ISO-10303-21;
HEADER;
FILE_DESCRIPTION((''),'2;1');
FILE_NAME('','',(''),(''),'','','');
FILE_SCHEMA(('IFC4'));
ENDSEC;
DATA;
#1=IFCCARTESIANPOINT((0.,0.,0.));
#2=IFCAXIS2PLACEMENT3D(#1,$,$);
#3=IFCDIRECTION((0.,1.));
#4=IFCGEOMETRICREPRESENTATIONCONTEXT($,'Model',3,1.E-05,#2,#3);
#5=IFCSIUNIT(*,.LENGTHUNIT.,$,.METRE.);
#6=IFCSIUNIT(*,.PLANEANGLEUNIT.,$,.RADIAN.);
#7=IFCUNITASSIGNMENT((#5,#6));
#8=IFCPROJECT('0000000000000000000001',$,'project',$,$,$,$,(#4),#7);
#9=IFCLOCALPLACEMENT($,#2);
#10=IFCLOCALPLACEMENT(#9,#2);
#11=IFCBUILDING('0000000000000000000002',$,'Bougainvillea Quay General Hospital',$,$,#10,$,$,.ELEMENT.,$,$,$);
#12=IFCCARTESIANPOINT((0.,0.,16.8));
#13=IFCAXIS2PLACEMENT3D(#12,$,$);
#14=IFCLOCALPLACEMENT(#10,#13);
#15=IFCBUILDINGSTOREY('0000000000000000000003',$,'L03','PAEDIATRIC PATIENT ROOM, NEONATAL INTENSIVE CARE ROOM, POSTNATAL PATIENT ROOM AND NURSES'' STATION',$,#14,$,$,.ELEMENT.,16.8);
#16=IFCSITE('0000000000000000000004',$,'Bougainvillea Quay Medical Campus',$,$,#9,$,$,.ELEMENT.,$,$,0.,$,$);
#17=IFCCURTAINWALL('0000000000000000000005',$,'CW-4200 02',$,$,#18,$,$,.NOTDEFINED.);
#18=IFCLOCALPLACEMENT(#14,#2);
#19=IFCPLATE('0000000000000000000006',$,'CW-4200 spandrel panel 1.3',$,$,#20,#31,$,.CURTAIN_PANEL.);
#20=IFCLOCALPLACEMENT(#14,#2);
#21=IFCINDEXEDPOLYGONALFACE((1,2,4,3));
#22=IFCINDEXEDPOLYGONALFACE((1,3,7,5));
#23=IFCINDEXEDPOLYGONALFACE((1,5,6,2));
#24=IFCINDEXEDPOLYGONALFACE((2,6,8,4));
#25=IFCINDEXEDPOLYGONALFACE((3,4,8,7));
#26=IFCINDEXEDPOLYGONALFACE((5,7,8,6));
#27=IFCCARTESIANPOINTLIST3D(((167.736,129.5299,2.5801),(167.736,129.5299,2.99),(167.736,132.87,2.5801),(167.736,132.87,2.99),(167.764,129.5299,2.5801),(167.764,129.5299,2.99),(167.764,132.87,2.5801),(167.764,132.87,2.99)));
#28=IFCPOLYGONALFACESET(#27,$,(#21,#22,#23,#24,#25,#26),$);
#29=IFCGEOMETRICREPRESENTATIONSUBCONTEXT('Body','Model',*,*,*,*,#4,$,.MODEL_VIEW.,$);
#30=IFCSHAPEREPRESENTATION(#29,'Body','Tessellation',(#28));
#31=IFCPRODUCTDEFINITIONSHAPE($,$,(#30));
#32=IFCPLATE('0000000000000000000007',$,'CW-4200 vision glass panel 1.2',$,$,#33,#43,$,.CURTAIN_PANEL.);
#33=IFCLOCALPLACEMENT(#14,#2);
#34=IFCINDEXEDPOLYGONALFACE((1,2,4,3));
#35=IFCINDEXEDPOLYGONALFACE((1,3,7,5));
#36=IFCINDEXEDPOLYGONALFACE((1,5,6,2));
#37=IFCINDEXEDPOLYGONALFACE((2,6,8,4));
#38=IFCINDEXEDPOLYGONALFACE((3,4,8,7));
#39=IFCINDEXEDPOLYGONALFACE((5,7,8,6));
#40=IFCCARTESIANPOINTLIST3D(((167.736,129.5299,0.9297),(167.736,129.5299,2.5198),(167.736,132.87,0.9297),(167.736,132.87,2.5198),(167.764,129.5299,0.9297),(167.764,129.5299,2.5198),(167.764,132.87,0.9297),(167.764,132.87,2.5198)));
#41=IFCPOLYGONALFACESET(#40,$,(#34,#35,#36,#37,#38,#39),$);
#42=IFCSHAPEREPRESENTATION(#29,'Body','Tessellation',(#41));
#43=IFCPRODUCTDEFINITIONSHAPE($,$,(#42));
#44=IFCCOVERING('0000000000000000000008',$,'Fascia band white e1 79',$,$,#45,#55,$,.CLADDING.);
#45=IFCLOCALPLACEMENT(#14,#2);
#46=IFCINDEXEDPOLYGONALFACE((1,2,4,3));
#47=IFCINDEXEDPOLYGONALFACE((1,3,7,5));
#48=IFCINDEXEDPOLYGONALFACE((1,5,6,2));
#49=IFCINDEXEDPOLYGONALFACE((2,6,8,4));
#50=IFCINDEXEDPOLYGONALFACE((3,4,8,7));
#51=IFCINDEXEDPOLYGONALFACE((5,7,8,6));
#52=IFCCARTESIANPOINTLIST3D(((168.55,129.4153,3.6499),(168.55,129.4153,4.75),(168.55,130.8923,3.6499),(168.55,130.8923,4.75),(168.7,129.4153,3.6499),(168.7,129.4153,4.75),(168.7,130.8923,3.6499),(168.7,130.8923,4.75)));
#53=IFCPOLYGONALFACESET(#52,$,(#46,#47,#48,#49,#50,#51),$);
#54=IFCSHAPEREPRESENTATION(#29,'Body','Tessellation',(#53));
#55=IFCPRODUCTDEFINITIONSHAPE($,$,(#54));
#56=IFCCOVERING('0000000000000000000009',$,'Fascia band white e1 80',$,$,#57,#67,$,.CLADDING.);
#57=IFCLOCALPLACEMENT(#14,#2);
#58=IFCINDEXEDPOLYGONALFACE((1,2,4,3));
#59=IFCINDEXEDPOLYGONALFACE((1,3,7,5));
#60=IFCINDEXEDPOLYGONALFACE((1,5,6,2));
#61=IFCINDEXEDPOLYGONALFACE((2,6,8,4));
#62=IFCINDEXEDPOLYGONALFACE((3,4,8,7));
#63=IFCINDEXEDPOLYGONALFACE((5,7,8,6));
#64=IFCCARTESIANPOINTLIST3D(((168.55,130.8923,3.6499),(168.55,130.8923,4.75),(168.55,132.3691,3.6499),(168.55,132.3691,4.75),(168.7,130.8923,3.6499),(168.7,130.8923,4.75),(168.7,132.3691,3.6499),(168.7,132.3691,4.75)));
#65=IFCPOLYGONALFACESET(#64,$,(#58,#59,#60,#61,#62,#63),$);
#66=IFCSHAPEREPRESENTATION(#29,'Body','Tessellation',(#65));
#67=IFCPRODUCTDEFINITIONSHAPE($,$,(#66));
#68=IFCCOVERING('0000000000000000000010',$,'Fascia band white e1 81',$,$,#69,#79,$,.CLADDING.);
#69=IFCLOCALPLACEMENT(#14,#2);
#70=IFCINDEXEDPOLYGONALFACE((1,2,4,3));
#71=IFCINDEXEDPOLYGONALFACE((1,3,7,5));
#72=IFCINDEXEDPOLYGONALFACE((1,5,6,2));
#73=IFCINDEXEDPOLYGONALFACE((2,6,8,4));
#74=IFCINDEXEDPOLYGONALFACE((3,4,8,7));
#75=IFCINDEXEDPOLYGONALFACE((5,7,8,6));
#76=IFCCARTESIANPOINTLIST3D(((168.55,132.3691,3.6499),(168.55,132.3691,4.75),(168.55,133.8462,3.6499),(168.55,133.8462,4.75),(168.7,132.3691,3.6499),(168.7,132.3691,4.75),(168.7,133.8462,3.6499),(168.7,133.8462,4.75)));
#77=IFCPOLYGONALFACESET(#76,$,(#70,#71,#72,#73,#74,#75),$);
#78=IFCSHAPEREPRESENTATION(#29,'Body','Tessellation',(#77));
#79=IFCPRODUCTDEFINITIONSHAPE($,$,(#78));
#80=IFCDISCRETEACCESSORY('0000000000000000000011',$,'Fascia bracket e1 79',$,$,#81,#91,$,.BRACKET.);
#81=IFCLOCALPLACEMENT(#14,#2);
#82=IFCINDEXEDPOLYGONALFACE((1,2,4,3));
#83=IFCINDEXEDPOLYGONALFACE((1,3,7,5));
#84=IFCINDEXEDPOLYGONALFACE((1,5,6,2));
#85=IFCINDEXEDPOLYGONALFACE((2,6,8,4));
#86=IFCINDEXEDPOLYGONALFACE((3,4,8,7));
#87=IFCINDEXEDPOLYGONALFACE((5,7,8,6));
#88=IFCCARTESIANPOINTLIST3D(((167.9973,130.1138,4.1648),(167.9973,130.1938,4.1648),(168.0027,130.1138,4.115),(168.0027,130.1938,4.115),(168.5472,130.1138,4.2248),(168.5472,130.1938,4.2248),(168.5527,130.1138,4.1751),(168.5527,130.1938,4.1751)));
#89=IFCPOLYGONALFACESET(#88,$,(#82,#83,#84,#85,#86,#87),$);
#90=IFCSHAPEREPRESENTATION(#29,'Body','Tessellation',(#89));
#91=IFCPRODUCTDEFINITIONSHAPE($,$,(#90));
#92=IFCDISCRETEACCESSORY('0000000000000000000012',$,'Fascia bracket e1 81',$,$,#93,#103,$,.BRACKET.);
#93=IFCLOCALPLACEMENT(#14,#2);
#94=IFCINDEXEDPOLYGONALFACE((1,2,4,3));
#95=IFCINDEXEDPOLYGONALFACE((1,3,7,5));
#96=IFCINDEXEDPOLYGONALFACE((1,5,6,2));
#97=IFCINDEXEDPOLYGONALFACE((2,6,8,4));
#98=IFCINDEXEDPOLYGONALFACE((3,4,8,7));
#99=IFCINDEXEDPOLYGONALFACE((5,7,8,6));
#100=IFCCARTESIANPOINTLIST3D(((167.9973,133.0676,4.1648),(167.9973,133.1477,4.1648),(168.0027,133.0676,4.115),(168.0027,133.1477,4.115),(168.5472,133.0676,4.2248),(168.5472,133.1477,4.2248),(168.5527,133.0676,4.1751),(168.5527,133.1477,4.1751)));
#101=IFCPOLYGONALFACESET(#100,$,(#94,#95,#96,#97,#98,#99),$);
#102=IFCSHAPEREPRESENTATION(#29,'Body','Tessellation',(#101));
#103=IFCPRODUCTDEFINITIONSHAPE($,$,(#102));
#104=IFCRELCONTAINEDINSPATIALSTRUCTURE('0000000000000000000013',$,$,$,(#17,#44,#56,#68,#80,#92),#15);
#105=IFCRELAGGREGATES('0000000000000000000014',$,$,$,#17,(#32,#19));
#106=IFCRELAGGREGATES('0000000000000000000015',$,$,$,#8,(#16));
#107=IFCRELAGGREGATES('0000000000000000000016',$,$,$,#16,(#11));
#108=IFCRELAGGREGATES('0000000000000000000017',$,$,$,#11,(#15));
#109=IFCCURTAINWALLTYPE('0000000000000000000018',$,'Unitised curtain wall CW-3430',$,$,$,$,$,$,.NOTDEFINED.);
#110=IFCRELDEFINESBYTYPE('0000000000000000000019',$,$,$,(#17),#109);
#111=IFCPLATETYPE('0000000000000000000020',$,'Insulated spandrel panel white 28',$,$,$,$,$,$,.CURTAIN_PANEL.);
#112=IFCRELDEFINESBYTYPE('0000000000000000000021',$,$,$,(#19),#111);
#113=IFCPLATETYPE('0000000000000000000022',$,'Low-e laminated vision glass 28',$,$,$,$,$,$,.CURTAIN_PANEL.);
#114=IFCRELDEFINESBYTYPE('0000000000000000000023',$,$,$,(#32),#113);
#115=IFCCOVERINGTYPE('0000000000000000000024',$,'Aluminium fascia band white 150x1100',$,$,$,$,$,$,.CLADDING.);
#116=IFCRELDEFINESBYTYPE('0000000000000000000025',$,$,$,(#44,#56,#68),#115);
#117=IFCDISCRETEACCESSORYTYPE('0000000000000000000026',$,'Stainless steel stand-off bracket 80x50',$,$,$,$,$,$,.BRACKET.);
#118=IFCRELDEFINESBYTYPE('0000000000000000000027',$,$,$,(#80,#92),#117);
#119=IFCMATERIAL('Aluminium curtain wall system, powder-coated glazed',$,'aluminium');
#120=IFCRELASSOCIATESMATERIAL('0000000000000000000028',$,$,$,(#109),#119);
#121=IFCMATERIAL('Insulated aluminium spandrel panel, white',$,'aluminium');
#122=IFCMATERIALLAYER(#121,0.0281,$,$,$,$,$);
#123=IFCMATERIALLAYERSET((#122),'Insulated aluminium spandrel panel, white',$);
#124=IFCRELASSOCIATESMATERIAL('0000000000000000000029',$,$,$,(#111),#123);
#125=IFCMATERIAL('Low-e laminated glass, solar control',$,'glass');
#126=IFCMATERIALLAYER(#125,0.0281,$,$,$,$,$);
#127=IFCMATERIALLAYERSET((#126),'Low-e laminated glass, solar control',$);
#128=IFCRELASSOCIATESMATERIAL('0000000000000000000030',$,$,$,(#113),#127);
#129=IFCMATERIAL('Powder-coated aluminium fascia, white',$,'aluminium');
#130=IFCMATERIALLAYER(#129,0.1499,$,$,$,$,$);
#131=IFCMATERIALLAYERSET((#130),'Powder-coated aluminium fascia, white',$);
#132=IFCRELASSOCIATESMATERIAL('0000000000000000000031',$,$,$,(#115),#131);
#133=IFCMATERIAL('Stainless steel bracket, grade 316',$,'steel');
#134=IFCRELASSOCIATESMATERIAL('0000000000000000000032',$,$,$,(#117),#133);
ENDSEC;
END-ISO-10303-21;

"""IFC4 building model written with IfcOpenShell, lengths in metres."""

from ifc_helpers import new_model, si_unit, direction, frame, origin, origin_2d, place, context, subcontext, project, spatial, polyline, rectangle, outline, extrude, material, layer, layer_set, material_profile, profile_set, type_object, element, aggregate, save


model = new_model("IFC4")

# Units and contexts
model_context = context("Model", 3, precision=1e-05, world=origin(), true_north=direction((0.0, 1.0)))
body_context = subcontext(model_context, "Body", "Model", "MODEL_VIEW")
ifc_project = project(units=[si_unit("LENGTHUNIT", "METRE"), si_unit("PLANEANGLEUNIT", "RADIAN")], contexts=[model_context])

# Site, building, storey
site_placement = place(None, origin())
site = spatial("IfcSite", under=ifc_project, at=site_placement, Name="Bougainvillea Quay Medical Campus", CompositionType="ELEMENT", RefElevation=0.0)
building_placement = place(site_placement, origin())
building = spatial("IfcBuilding", under=site, at=building_placement, Name="Bougainvillea Quay General Hospital", CompositionType="ELEMENT")
storey_placement = place(building_placement, frame((0.0, 0.0, 16.8)))
storey = spatial("IfcBuildingStorey", under=building, at=storey_placement, Name="L03", Description="PAEDIATRIC PATIENT ROOM, NEONATAL INTENSIVE CARE ROOM, POSTNATAL PATIENT ROOM AND NURSES' STATION", CompositionType="ELEMENT", Elevation=16.8)

# Curtain wall
ifc_material_1 = material(Name="Aluminium curtain wall system, powder-coated glazed", Category="aluminium")
curtain_wall_type = type_object("IfcCurtainWallType", Name="Unitised curtain wall CW-3430", PredefinedType="NOTDEFINED", material=ifc_material_1)
curtain_wall_placement = place(storey_placement, origin())
curtain_wall = element("IfcCurtainWall", 1, at=curtain_wall_placement, inside=storey, type_object=curtain_wall_type, Name="CW-4200 02", PredefinedType="NOTDEFINED")

# Plates
ifc_material_2 = material(Name="Insulated aluminium spandrel panel, white", Category="aluminium")
ifc_layer_1 = layer(ifc_material_2, 0.0281)
ifc_layer_set_1 = layer_set([ifc_layer_1], Name="Insulated aluminium spandrel panel, white")
plate_type_1 = type_object("IfcPlateType", Name="Insulated spandrel panel white 28", PredefinedType="CURTAIN_PANEL", material=ifc_layer_set_1)
plate_1_placement = place(storey_placement, frame((167.75, 131.2, 2.5801), z_axis=(0.0, 0.0, 1.0), x_axis=(0.0, 1.0, 0.0)))
plate_1 = element("IfcPlate", 2, at=plate_1_placement, type_object=plate_type_1, Name="CW-4200 spandrel panel 1.3", PredefinedType="CURTAIN_PANEL", context=body_context, shape_type="SweptSolid", body=[
    extrude(rectangle(XDim=3.3401, YDim=0.0281, at=origin_2d()), origin(), (0.0, 0.0, 1.0), 0.4099),
])
ifc_material_3 = material(Name="Low-e laminated glass, solar control", Category="glass")
ifc_layer_2 = layer(ifc_material_3, 0.0281)
ifc_layer_set_2 = layer_set([ifc_layer_2], Name="Low-e laminated glass, solar control")
plate_type_2 = type_object("IfcPlateType", Name="Low-e laminated vision glass 28", PredefinedType="CURTAIN_PANEL", material=ifc_layer_set_2)
plate_2_placement = place(storey_placement, frame((167.75, 131.2, 0.9297), z_axis=(0.0, 0.0, 1.0), x_axis=(0.0, 1.0, 0.0)))
plate_2 = element("IfcPlate", 3, at=plate_2_placement, type_object=plate_type_2, Name="CW-4200 vision glass panel 1.2", PredefinedType="CURTAIN_PANEL", context=body_context, shape_type="SweptSolid", body=[
    extrude(rectangle(XDim=3.3401, YDim=0.0281, at=origin_2d()), origin(), (0.0, 0.0, 1.0), 1.5901),
])
aggregate(curtain_wall, [plate_2, plate_1])

# Coverings
ifc_material_4 = material(Name="Powder-coated aluminium fascia, white", Category="aluminium")
ifc_layer_3 = layer(ifc_material_4, 0.1499)
ifc_layer_set_3 = layer_set([ifc_layer_3], Name="Powder-coated aluminium fascia, white")
covering_type = type_object("IfcCoveringType", Name="Aluminium fascia band white 150x1100", PredefinedType="CLADDING", material=ifc_layer_set_3)
covering_1_placement = place(storey_placement, frame((168.55, 129.4153, 3.6499), z_axis=(0.0, 0.0, 1.0), x_axis=(0.0, 1.0, 0.0)))
element("IfcCovering", 4, at=covering_1_placement, inside=storey, type_object=covering_type, Name="Fascia band white e1 79", PredefinedType="CLADDING", context=body_context, shape_type="SweptSolid", body=[
    extrude(outline(polyline([(0.0, 0.0), (1.4771, 0.0), (1.4771, -0.1499), (0.0, -0.1499), (0.0, 0.0)])), origin(), (0.0, 0.0, 1.0), 1.1001),
])
covering_2_placement = place(storey_placement, frame((168.55, 130.8923, 3.6499), z_axis=(0.0, 0.0, 1.0), x_axis=(0.0, 1.0, 0.0)))
element("IfcCovering", 5, at=covering_2_placement, inside=storey, type_object=covering_type, Name="Fascia band white e1 80", PredefinedType="CLADDING", context=body_context, shape_type="SweptSolid", body=[
    extrude(outline(polyline([(0.0, 0.0), (1.4768, 0.0), (1.4768, -0.1499), (0.0, -0.1499), (0.0, 0.0)])), origin(), (0.0, 0.0, 1.0), 1.1001),
])
covering_3_placement = place(storey_placement, frame((168.55, 132.3691, 3.6499), z_axis=(0.0, 0.0, 1.0), x_axis=(0.0, 1.0, 0.0)))
element("IfcCovering", 6, at=covering_3_placement, inside=storey, type_object=covering_type, Name="Fascia band white e1 81", PredefinedType="CLADDING", context=body_context, shape_type="SweptSolid", body=[
    extrude(outline(polyline([(0.0, 0.0), (1.4771, 0.0), (1.4771, -0.1499), (0.0, -0.1499), (0.0, 0.0)])), origin(), (0.0, 0.0, 1.0), 1.1001),
])

# Discrete accessories
ifc_material_5 = material(Name="Stainless steel bracket, grade 316", Category="steel")
ifc_material_profile_1 = material_profile(ifc_material_5, rectangle(XDim=0.0801, YDim=0.05, at=origin_2d()))
ifc_profile_set_1 = profile_set([ifc_material_profile_1], Name="Stainless steel bracket, grade 316")
discrete_accessory_type = type_object("IfcDiscreteAccessoryType", Name="Stainless steel stand-off bracket 80x50", PredefinedType="BRACKET", material=ifc_profile_set_1)
for number, where, z_axis, x_axis, name in (
    (7, (168.0, 130.1538, 4.1399), (0.994092, 0.0, 0.108543), (0.0, 1.0, 0.0), "Fascia bracket e1 79"),
    (8, (168.0, 133.1077, 4.1399), (0.994092, 0.0, 0.108543), (0.0, 1.0, 0.0), "Fascia bracket e1 81"),
):
    element("IfcDiscreteAccessory", number, at=place(storey_placement, frame(where, z_axis=z_axis, x_axis=x_axis)), inside=storey, type_object=discrete_accessory_type, Name=name, PredefinedType="BRACKET", context=body_context, shape_type="SweptSolid", body=[
        extrude(rectangle(XDim=0.0801, YDim=0.05, at=origin_2d()), origin(), (0.0, 0.0, 1.0), 0.5532),
    ])

save(model, "model.ifc")
